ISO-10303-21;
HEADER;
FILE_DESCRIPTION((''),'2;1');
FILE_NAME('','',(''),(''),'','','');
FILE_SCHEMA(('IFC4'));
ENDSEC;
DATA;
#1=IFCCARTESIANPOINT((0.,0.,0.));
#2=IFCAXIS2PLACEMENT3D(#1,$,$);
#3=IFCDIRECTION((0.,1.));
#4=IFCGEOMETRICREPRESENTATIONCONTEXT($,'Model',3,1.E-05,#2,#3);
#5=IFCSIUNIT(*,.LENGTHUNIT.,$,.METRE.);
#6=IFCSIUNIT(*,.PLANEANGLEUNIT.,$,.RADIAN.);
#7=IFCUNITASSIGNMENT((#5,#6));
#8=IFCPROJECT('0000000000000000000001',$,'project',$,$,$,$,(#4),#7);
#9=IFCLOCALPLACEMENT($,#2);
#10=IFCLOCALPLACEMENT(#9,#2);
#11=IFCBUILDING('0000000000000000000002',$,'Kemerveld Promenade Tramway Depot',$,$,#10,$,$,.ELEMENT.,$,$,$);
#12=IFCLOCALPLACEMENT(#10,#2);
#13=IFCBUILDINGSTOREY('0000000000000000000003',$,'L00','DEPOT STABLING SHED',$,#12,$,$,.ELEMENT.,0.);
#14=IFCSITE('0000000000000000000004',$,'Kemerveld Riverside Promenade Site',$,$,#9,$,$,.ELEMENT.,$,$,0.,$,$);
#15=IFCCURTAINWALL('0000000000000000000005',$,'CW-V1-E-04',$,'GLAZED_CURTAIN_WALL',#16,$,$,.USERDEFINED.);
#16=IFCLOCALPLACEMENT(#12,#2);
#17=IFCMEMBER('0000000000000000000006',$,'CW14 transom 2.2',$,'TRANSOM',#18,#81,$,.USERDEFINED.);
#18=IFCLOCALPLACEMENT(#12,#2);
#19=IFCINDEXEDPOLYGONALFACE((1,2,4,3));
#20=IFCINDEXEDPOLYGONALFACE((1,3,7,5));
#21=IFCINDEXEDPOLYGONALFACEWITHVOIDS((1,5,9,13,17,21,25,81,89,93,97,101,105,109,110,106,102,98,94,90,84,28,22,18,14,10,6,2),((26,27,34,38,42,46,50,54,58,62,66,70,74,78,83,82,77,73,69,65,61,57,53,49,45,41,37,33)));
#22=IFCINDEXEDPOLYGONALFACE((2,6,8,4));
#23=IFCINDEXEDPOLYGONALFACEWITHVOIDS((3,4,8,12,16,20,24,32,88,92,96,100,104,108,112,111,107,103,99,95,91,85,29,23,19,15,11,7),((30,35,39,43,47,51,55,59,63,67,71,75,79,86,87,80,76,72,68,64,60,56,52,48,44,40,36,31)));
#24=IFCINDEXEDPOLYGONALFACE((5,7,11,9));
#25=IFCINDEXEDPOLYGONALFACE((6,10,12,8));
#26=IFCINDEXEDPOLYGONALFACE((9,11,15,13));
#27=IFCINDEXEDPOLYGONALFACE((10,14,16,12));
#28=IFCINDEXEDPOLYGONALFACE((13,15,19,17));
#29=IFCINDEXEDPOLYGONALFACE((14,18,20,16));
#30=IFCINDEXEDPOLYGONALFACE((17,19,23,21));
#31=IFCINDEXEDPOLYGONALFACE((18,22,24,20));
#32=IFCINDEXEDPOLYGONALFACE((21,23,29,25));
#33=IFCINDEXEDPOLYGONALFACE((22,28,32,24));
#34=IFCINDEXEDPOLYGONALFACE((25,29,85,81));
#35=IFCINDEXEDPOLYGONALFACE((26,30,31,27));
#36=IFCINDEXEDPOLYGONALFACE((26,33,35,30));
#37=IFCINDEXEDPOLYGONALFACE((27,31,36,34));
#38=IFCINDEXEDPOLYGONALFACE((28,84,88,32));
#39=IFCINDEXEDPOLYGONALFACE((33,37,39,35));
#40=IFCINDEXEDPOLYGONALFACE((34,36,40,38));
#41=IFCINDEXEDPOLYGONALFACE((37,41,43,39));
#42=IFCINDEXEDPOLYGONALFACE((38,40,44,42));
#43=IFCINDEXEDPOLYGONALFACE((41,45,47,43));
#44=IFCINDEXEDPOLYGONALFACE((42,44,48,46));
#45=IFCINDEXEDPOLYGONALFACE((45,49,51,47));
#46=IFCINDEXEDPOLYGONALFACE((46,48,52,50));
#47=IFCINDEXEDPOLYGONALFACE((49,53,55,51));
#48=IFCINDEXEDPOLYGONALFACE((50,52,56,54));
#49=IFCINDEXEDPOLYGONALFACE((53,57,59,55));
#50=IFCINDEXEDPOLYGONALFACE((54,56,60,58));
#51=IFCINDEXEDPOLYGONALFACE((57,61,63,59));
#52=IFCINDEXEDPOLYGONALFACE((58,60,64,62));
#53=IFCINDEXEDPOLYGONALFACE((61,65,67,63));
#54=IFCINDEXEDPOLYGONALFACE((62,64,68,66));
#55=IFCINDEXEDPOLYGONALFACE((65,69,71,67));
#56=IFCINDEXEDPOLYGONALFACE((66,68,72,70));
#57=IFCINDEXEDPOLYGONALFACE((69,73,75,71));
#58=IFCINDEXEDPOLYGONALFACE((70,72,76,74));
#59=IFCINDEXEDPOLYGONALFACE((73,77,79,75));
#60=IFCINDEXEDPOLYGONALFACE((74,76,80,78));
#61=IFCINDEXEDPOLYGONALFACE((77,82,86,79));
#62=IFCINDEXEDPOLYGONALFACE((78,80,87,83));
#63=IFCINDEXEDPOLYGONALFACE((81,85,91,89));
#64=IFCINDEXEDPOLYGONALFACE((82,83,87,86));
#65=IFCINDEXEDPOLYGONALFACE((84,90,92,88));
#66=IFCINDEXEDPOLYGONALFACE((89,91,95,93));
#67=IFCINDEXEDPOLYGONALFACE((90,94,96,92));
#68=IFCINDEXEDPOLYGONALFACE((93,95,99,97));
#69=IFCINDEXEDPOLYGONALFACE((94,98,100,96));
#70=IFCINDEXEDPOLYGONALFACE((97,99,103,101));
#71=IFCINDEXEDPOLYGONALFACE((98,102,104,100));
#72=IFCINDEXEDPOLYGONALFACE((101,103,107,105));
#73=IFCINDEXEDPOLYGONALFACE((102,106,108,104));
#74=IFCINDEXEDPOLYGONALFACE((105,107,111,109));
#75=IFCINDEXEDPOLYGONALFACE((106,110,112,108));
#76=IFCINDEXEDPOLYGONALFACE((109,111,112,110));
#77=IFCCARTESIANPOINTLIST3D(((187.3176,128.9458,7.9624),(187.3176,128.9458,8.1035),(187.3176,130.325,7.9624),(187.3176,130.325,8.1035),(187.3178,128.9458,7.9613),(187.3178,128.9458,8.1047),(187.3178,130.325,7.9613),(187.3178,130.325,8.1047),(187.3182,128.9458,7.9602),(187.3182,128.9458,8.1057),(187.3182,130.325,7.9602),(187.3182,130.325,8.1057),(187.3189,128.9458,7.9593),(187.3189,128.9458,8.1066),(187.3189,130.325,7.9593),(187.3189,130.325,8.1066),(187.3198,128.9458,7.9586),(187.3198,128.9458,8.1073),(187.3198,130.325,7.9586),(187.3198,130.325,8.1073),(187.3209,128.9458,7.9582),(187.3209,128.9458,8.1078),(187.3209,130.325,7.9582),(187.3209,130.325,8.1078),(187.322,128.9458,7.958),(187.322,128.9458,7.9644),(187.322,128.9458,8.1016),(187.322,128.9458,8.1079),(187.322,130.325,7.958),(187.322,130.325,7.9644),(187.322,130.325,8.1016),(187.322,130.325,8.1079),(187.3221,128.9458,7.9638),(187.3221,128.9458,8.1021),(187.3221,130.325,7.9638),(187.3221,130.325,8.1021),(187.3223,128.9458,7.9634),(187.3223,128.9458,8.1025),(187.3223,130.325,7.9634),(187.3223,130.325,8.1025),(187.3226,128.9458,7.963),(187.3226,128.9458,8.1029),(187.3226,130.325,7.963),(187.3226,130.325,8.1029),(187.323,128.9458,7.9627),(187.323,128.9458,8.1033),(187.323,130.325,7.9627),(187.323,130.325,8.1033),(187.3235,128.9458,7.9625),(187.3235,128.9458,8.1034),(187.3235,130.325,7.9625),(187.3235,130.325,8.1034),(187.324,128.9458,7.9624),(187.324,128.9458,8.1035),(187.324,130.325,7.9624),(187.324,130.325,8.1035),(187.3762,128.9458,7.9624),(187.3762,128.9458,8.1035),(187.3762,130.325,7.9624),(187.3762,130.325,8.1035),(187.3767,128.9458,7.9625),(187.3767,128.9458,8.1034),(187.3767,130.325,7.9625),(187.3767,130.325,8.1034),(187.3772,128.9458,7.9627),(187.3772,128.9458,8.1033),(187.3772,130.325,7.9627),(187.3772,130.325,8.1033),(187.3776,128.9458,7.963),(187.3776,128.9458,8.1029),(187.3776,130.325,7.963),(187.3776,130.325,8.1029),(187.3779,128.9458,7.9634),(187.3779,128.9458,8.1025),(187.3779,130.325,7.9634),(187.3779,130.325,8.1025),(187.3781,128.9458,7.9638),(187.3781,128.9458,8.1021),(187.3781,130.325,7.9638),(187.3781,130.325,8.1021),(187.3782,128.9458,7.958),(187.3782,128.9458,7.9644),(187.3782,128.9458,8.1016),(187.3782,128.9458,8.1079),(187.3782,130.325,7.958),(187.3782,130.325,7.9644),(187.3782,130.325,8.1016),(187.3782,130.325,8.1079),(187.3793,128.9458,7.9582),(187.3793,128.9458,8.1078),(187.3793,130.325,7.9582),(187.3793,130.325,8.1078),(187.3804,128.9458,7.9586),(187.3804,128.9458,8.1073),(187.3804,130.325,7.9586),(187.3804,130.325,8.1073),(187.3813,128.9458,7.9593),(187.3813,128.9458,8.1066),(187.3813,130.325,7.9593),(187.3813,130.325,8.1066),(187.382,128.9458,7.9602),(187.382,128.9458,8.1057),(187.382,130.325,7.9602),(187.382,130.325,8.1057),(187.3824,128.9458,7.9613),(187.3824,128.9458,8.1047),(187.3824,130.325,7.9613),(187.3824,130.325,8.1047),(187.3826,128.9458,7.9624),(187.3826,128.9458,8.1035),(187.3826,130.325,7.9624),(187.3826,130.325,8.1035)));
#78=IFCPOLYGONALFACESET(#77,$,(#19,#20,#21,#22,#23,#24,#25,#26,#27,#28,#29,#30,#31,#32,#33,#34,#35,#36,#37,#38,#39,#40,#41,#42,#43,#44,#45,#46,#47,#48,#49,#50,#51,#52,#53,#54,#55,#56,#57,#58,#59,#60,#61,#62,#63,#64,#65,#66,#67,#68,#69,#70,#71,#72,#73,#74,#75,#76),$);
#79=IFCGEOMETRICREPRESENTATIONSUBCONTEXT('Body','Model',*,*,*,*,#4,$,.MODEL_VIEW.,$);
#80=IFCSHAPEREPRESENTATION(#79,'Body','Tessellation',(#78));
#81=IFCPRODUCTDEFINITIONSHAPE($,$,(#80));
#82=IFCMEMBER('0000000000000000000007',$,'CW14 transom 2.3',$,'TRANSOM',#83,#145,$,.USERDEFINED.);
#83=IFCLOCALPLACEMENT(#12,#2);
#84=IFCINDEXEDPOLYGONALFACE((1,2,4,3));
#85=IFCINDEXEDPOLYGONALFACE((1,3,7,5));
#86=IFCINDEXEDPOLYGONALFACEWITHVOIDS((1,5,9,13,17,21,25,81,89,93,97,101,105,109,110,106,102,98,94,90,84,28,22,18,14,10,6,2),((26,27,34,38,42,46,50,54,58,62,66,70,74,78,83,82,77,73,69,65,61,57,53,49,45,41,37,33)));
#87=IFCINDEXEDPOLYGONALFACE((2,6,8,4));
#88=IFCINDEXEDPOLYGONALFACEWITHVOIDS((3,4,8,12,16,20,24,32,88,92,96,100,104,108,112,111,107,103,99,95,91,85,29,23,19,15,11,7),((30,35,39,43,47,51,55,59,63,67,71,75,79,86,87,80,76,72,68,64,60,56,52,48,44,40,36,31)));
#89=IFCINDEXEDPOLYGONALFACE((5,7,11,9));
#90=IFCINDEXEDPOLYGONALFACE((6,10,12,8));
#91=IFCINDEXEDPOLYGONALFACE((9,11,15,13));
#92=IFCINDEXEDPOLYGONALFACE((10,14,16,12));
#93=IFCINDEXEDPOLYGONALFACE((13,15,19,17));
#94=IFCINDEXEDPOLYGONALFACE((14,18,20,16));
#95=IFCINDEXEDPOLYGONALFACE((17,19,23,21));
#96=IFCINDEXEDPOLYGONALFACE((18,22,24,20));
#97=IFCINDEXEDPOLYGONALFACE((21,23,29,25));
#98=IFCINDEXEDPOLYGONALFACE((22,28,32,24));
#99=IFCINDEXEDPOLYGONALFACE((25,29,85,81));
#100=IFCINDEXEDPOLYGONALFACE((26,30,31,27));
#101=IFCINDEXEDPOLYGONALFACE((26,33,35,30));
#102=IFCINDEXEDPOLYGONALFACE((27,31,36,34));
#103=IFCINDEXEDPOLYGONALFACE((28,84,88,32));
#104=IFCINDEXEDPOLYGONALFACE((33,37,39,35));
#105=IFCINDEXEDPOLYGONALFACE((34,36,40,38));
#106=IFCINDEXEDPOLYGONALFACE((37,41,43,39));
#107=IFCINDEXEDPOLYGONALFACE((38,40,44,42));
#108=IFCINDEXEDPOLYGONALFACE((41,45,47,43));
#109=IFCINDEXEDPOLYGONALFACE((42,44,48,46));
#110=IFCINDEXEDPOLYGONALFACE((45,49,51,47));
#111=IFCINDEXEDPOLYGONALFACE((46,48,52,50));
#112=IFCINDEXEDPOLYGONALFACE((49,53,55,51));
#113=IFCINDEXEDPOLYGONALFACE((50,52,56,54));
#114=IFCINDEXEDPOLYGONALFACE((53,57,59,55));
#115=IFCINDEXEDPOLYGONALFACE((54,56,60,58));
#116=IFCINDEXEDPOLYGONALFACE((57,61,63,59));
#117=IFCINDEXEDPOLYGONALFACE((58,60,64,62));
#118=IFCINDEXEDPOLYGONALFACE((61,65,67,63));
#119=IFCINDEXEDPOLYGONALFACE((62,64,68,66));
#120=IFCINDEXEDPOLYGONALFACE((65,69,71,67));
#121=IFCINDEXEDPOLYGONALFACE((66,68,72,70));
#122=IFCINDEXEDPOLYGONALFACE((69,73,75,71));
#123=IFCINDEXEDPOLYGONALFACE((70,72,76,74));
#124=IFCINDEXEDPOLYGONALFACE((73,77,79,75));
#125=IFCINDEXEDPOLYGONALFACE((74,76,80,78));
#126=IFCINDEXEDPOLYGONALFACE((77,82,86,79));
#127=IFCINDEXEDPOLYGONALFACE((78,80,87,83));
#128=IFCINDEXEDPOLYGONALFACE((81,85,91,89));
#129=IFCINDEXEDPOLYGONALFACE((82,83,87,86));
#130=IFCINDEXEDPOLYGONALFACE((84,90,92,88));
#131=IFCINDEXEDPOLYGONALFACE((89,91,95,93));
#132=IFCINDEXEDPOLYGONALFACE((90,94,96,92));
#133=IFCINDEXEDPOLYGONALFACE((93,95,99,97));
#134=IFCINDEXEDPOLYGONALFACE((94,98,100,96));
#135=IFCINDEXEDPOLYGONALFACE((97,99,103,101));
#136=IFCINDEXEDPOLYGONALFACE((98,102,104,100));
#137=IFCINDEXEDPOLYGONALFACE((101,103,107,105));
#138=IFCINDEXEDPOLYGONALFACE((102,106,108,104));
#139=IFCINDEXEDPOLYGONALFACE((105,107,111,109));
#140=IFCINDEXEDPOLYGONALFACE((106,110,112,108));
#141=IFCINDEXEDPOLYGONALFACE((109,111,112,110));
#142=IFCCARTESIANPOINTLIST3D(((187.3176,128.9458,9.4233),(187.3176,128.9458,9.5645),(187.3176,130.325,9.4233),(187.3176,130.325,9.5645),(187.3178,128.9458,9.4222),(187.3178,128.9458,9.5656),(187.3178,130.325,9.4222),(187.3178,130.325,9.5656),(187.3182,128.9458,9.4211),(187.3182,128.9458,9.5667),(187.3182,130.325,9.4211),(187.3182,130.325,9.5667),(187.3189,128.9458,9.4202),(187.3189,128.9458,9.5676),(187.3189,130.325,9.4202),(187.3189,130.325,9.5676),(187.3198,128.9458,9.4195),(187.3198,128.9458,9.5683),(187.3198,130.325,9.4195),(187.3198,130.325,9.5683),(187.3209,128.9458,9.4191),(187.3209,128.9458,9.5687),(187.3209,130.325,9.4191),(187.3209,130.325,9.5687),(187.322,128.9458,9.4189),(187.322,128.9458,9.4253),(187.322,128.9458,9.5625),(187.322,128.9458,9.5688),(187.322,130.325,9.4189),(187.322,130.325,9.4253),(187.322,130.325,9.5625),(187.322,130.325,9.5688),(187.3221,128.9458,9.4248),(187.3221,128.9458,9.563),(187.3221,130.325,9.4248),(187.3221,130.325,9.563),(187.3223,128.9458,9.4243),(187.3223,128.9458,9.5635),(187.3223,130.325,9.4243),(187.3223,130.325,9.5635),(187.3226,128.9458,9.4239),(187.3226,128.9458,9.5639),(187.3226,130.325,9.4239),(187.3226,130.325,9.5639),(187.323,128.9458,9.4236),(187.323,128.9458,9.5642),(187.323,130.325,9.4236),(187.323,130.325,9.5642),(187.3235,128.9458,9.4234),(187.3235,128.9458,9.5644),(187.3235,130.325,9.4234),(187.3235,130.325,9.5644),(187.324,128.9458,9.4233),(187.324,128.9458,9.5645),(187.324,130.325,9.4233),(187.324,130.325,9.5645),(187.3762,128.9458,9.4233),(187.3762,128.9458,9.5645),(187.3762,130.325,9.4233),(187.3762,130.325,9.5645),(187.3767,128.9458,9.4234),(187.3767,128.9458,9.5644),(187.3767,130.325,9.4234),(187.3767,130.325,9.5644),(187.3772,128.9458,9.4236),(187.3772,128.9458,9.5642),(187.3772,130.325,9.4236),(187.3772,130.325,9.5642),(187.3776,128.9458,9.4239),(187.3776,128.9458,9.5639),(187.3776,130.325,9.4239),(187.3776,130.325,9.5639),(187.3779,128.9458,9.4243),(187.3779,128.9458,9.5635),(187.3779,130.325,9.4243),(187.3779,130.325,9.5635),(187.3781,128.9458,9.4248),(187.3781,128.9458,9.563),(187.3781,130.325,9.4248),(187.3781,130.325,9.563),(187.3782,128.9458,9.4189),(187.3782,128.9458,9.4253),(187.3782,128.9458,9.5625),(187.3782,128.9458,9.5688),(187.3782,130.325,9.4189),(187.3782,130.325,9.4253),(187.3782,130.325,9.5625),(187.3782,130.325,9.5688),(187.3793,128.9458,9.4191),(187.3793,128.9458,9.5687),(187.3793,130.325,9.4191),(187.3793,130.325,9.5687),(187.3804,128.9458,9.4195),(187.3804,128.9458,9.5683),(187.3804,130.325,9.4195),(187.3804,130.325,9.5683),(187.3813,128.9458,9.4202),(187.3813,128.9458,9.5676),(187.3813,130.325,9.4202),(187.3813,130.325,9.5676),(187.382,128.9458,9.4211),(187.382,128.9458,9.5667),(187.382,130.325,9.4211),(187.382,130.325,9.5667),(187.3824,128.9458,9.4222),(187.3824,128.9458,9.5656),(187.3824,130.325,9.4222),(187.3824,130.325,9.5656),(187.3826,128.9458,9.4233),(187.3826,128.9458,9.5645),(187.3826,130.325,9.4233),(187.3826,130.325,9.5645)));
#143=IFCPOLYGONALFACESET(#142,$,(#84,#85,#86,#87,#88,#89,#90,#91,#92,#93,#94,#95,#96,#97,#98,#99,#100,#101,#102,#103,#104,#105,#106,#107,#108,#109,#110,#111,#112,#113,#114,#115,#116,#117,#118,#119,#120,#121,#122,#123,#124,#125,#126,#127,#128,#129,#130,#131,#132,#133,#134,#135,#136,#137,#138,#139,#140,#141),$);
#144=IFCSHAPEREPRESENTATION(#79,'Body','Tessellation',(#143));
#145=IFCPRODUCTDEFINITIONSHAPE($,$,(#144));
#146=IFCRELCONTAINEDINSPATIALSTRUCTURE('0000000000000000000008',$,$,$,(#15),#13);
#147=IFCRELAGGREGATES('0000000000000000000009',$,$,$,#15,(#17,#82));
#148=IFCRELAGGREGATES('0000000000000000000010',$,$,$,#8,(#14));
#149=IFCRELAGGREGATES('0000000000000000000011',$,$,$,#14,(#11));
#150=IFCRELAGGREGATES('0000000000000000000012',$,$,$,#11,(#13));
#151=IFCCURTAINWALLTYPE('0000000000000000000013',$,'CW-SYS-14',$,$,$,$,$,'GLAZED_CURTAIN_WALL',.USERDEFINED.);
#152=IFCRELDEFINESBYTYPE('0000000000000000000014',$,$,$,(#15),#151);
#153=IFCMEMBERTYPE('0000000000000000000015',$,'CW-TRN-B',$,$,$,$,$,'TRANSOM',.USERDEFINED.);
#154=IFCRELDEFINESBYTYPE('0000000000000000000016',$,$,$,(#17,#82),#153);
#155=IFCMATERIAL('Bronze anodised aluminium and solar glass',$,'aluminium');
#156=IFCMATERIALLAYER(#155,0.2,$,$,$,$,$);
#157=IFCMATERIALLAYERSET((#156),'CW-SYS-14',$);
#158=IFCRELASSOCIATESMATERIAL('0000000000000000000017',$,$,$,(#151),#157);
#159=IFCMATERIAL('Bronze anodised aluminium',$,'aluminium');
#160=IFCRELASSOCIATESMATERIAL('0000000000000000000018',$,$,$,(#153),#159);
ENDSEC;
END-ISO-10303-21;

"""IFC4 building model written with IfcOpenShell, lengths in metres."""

from ifc_helpers import new_model, si_unit, direction, frame, origin, origin_2d, place, context, subcontext, project, spatial, hollow_rectangle, extrude, material, layer, layer_set, material_profile, profile_set, type_object, element, aggregate, save


model = new_model("IFC4")

# Units and contexts
model_context = context("Model", 3, precision=1e-05, world=origin(), true_north=direction((0.0, 1.0)))
body_context = subcontext(model_context, "Body", "Model", "MODEL_VIEW")
ifc_project = project(units=[si_unit("LENGTHUNIT", "METRE"), si_unit("PLANEANGLEUNIT", "RADIAN")], contexts=[model_context])

# Site, building, storey
site_placement = place(None, origin())
site = spatial("IfcSite", under=ifc_project, at=site_placement, Name="Kemerveld Riverside Promenade Site", CompositionType="ELEMENT", RefElevation=0.0)
building_placement = place(site_placement, origin())
building = spatial("IfcBuilding", under=site, at=building_placement, Name="Kemerveld Promenade Tramway Depot", CompositionType="ELEMENT")
storey_placement = place(building_placement, origin())
storey = spatial("IfcBuildingStorey", under=building, at=storey_placement, Name="L00", Description="DEPOT STABLING SHED", CompositionType="ELEMENT", Elevation=0.0)

# Curtain wall, members
ifc_material_1 = material(Name="Bronze anodised aluminium and solar glass", Category="aluminium")
ifc_layer_1 = layer(ifc_material_1, 0.2)
ifc_layer_set_1 = layer_set([ifc_layer_1], Name="CW-SYS-14")
curtain_wall_type = type_object("IfcCurtainWallType", Name="CW-SYS-14", ElementType="GLAZED_CURTAIN_WALL", PredefinedType="USERDEFINED", material=ifc_layer_set_1)
curtain_wall_placement = place(storey_placement, origin())
curtain_wall = element("IfcCurtainWall", 1, at=curtain_wall_placement, inside=storey, type_object=curtain_wall_type, Name="CW-V1-E-04", ObjectType="GLAZED_CURTAIN_WALL", PredefinedType="USERDEFINED")
ifc_material_2 = material(Name="Bronze anodised aluminium", Category="aluminium")
ifc_material_profile_1 = material_profile(ifc_material_2, hollow_rectangle(XDim=0.0649, YDim=0.1499, WallThickness=0.0044, InnerFilletRadius=0.002, OuterFilletRadius=0.0044, at=origin_2d()), Name="CW-TRN-150x65")
ifc_profile_set_1 = profile_set([ifc_material_profile_1], Name="Bronze anodised aluminium")
member_type_1 = type_object("IfcMemberType", Name="CW-TRN-B", ElementType="TRANSOM", PredefinedType="USERDEFINED", material=ifc_profile_set_1)
member_1_placement = place(storey_placement, frame((187.3501, 130.325, 8.033), z_axis=(0.0, -1.0, 0.0), x_axis=(1.0, 0.0, 0.0)))
member_1 = element("IfcMember", 2, at=member_1_placement, type_object=member_type_1, Name="CW14 transom 2.2", ObjectType="TRANSOM", PredefinedType="USERDEFINED", context=body_context, shape_type="SweptSolid", body=[
    extrude(hollow_rectangle(XDim=0.0649, YDim=0.1499, WallThickness=0.0044, InnerFilletRadius=0.002, OuterFilletRadius=0.0044, at=origin_2d()), origin(), (0.0, 0.0, 1.0), 1.3792),
])
member_2_placement = place(storey_placement, frame((187.3501, 130.325, 9.4939), z_axis=(0.0, -1.0, 0.0), x_axis=(1.0, 0.0, 0.0)))
member_2 = element("IfcMember", 3, at=member_2_placement, type_object=member_type_1, Name="CW14 transom 2.3", ObjectType="TRANSOM", PredefinedType="USERDEFINED", context=body_context, shape_type="SweptSolid", body=[
    extrude(hollow_rectangle(XDim=0.0649, YDim=0.1499, WallThickness=0.0044, InnerFilletRadius=0.002, OuterFilletRadius=0.0044, at=origin_2d()), origin(), (0.0, 0.0, 1.0), 1.3792),
])

aggregate(curtain_wall, [member_1, member_2])

save(model, "model.ifc")
